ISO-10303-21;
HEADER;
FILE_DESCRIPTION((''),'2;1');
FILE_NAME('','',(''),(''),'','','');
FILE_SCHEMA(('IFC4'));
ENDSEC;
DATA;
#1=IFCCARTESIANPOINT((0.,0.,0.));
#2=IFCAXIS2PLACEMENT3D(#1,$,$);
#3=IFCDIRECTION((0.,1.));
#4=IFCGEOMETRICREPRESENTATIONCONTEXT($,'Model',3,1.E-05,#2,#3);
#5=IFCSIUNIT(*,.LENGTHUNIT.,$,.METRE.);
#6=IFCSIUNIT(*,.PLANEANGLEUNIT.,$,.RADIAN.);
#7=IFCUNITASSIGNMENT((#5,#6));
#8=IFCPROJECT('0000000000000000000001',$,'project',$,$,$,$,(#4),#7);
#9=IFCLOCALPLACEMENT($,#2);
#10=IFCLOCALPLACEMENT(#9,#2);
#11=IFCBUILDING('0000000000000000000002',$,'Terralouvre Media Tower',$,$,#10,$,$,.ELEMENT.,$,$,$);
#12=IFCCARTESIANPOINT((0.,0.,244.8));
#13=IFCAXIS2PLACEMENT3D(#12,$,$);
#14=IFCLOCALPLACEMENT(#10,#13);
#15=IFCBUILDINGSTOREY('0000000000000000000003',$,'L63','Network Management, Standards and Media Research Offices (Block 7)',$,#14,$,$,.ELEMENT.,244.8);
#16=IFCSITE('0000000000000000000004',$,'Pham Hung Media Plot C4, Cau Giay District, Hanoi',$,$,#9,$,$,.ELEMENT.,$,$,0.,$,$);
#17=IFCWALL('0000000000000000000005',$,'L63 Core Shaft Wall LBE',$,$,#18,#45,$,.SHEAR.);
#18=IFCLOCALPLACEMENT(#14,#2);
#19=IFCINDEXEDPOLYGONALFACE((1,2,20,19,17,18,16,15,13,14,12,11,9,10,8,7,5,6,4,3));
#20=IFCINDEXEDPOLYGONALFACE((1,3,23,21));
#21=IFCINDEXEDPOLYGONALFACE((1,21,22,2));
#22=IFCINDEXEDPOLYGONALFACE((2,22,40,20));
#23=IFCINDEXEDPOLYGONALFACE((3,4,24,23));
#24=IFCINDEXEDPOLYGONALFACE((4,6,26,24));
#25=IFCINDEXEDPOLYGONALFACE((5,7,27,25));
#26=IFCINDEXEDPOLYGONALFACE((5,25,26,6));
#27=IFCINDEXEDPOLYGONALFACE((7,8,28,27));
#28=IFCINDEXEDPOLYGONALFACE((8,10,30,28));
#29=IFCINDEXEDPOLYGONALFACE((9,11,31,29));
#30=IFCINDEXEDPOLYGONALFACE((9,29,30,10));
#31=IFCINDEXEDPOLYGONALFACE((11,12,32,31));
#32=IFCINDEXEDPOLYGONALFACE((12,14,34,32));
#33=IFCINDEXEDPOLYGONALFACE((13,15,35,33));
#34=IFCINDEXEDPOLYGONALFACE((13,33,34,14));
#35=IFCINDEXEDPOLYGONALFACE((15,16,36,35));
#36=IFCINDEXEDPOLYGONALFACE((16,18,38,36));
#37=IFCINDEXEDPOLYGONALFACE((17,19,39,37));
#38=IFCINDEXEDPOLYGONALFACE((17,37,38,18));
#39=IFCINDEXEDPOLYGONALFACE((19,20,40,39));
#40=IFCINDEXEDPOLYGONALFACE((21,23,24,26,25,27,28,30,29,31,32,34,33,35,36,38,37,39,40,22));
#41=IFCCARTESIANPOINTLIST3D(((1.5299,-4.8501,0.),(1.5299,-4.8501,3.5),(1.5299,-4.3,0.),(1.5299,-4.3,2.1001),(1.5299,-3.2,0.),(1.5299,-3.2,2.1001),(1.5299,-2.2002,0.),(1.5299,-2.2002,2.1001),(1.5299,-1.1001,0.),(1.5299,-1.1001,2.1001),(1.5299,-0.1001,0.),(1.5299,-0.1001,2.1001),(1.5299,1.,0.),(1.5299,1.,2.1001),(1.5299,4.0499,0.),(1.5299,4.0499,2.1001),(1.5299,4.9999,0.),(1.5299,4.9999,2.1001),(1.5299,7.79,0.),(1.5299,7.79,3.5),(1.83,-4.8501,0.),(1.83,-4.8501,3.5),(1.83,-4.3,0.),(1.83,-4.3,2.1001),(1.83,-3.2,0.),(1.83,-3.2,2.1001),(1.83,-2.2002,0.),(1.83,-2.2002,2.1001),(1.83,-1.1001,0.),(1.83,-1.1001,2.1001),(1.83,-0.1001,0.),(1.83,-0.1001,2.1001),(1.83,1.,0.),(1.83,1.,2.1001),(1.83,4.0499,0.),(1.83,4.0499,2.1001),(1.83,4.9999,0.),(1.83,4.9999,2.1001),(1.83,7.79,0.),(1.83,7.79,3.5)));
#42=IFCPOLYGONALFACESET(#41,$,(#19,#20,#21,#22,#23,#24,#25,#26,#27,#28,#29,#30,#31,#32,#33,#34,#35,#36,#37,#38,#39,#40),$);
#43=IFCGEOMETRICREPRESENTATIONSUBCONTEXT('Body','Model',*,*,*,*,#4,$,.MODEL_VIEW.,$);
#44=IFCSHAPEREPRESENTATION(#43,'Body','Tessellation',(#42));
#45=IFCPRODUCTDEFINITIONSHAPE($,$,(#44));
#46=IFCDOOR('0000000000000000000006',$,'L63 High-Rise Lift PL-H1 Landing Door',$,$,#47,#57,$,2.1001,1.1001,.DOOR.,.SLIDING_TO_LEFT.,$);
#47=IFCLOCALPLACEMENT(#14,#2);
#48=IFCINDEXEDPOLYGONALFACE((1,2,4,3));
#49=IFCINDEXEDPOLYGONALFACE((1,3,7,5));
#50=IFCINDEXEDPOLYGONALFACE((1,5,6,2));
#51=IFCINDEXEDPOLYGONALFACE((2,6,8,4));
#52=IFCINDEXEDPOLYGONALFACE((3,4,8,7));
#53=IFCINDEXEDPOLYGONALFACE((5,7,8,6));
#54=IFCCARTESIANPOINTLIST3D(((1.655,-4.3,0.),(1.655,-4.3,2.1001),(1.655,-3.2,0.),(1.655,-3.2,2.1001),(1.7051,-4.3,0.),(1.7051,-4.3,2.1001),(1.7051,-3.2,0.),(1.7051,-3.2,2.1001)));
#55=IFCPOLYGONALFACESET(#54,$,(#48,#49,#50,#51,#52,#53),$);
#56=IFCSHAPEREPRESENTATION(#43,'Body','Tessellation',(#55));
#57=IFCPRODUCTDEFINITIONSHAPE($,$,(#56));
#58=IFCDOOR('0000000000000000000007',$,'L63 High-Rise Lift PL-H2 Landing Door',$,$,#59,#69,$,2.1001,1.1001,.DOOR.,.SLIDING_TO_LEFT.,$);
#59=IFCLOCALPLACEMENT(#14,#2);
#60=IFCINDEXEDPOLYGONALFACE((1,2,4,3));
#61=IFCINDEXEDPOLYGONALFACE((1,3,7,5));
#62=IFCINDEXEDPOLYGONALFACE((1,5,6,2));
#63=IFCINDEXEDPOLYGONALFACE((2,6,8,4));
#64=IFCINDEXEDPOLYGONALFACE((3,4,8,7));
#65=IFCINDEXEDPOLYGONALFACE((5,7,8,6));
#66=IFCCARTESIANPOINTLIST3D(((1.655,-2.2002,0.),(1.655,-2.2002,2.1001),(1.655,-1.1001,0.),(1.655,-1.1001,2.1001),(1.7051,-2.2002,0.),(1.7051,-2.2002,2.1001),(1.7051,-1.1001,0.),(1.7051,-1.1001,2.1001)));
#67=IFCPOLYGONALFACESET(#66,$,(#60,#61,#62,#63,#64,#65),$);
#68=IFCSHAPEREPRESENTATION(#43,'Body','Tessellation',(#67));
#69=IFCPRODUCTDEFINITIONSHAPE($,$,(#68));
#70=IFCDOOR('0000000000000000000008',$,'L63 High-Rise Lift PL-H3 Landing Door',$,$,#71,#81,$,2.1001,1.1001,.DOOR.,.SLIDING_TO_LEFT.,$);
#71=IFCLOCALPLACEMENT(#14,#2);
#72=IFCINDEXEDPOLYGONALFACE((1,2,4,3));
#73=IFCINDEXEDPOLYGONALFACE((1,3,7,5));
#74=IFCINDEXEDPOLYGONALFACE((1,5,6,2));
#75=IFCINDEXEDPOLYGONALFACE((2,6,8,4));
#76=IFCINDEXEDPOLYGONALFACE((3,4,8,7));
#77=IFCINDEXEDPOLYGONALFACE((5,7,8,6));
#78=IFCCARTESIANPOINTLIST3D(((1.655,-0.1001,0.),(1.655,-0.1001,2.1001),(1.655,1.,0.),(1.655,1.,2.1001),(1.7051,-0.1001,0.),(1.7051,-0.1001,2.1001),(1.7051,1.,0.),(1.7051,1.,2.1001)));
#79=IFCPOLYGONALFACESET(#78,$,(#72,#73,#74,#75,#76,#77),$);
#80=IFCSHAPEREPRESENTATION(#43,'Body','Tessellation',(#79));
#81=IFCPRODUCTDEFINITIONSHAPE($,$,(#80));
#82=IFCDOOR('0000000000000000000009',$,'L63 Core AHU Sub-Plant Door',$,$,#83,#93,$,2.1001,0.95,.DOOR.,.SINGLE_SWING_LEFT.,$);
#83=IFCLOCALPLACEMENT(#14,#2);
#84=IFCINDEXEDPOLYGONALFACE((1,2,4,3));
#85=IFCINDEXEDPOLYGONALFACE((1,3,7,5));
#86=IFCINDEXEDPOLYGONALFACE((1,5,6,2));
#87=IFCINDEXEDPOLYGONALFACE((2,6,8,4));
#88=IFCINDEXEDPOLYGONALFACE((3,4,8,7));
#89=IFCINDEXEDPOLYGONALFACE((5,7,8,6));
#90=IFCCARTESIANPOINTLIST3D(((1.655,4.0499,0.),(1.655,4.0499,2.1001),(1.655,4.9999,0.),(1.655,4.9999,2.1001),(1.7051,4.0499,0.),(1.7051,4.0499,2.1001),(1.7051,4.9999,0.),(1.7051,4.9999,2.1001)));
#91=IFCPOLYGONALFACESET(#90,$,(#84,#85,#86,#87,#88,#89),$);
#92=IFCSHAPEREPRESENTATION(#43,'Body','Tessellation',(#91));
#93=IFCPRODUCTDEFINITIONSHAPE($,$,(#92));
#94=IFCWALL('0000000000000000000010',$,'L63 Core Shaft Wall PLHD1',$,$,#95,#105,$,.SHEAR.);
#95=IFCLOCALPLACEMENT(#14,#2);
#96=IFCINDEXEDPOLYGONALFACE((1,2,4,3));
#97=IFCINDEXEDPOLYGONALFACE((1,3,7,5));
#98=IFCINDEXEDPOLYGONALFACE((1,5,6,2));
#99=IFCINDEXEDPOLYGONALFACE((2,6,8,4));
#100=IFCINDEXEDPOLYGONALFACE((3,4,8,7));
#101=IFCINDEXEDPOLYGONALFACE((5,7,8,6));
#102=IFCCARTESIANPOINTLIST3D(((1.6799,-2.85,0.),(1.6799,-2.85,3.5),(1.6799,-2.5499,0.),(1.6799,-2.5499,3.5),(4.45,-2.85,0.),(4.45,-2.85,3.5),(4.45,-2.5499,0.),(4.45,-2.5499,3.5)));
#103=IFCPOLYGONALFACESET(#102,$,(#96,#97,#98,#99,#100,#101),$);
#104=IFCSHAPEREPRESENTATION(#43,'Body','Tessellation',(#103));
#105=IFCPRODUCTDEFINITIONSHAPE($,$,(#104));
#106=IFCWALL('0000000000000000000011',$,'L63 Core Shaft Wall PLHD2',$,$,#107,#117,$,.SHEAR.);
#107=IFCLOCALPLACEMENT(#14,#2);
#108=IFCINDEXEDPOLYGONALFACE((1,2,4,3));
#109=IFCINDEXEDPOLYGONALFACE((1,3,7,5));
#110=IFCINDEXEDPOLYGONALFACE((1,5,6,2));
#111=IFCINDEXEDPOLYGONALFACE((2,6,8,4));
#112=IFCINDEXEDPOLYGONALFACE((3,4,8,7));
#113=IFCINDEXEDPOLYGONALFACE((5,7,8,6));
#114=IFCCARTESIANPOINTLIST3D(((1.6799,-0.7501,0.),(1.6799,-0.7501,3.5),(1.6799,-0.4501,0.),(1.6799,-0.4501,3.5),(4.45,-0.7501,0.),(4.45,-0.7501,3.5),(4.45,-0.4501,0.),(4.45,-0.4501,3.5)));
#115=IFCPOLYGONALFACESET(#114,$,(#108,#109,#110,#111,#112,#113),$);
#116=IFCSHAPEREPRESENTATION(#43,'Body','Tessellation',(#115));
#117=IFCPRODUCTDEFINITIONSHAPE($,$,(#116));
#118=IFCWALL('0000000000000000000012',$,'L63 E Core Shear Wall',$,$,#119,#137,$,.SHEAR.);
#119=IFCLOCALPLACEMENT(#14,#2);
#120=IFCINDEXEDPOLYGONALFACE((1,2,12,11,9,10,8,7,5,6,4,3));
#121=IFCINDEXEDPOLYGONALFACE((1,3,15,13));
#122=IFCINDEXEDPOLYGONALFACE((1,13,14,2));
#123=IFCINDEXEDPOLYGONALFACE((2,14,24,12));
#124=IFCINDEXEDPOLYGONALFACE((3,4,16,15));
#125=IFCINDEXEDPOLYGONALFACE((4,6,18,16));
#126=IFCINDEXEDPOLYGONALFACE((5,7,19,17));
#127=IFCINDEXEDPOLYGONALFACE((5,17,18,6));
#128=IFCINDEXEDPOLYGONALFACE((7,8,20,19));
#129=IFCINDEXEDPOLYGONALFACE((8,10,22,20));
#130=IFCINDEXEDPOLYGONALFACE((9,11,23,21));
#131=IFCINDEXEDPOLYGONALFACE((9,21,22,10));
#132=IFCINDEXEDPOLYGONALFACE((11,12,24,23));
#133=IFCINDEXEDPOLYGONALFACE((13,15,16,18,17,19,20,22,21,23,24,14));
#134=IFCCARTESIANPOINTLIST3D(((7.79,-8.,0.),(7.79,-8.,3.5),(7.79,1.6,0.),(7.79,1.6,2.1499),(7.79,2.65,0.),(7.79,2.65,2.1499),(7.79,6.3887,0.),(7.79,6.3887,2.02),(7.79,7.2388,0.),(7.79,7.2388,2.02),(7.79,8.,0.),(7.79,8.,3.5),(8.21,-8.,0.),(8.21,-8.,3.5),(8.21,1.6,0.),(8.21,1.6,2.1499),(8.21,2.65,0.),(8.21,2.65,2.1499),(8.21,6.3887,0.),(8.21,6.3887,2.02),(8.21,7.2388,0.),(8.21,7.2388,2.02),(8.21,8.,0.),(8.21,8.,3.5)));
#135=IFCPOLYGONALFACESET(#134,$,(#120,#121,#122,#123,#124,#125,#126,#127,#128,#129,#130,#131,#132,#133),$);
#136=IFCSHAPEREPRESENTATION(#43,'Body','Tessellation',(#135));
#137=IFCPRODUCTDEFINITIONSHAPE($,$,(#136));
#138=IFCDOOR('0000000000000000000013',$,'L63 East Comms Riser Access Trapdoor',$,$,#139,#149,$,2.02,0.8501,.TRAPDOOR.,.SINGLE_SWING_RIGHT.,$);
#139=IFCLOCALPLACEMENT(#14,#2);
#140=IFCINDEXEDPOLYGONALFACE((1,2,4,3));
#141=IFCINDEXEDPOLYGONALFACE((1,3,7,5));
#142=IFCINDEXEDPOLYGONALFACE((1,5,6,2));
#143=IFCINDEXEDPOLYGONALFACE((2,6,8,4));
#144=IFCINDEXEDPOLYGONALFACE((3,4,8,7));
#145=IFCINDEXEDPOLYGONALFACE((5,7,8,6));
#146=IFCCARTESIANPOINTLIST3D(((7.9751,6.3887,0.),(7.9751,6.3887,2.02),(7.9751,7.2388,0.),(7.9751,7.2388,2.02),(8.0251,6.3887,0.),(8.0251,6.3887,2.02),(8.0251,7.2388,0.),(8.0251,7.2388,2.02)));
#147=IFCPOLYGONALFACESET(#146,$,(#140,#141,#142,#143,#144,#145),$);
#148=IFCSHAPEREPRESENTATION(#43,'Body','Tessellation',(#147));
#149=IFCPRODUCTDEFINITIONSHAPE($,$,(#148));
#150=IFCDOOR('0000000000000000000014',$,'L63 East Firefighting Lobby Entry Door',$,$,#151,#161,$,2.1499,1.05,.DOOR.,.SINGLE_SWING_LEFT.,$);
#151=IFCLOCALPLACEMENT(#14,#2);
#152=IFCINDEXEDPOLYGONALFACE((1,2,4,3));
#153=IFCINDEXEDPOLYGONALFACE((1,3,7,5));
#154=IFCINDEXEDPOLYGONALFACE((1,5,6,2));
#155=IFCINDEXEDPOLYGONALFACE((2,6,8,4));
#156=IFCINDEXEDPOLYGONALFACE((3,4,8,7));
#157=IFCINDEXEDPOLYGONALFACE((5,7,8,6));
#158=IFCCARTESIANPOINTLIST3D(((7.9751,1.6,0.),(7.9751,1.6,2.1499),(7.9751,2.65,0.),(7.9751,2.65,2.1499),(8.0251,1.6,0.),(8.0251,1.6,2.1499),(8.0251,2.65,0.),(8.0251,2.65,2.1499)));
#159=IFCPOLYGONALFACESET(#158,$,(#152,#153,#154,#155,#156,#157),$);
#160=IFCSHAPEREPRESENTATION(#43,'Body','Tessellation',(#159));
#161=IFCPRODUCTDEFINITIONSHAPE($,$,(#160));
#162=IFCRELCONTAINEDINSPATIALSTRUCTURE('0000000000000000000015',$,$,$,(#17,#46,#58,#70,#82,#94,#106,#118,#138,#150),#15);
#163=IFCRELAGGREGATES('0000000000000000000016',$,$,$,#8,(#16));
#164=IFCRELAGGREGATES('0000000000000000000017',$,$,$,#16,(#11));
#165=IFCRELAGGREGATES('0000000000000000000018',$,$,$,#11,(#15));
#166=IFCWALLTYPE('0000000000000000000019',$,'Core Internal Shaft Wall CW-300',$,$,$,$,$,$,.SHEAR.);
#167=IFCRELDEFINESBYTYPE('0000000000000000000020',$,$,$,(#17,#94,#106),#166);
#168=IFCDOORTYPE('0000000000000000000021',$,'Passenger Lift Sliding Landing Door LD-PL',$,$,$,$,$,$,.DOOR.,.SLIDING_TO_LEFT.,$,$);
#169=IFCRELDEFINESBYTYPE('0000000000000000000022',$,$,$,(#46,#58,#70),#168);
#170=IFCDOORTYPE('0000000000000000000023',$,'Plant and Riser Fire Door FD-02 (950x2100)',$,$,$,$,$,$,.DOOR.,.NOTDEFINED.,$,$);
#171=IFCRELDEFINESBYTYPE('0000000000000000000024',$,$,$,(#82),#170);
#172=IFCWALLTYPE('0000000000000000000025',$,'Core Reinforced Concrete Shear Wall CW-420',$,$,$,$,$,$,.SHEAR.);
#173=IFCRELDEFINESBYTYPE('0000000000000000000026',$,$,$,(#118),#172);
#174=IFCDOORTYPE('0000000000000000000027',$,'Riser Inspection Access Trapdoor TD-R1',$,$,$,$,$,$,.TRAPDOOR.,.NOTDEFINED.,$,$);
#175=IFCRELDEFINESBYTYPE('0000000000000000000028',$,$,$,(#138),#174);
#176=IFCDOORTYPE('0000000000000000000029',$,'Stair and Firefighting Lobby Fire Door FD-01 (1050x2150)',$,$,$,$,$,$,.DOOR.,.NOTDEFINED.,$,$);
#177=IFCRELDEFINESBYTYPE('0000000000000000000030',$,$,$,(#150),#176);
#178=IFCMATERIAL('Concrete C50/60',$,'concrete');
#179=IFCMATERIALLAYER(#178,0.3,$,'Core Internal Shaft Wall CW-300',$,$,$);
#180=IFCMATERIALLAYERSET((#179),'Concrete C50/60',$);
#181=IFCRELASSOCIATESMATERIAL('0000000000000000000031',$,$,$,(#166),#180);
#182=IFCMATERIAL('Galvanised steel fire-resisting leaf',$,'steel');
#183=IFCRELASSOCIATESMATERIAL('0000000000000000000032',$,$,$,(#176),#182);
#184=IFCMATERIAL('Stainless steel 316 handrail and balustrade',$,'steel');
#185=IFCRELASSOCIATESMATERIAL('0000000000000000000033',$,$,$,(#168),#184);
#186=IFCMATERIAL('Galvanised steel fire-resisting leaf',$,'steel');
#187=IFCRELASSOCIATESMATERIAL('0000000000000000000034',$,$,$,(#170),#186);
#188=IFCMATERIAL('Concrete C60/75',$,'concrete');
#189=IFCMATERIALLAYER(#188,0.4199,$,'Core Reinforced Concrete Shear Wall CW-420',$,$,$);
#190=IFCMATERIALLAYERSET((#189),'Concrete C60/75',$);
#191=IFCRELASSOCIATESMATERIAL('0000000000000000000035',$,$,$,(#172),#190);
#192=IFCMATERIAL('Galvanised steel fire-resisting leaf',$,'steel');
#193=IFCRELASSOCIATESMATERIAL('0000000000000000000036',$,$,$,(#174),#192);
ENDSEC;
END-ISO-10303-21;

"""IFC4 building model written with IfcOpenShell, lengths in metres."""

from ifc_helpers import new_model, si_unit, direction, frame, frame_2d, origin, place, context, subcontext, project, spatial, rectangle, extrude, material, layer, layer_set, type_object, element, fill, save


model = new_model("IFC4")

# Units and contexts
model_context = context("Model", 3, precision=1e-05, world=origin(), true_north=direction((0.0, 1.0)))
body_context = subcontext(model_context, "Body", "Model", "MODEL_VIEW")
ifc_project = project(units=[si_unit("LENGTHUNIT", "METRE"), si_unit("PLANEANGLEUNIT", "RADIAN")], contexts=[model_context])

# Site, building, storey
site_placement = place(None, origin())
site = spatial("IfcSite", under=ifc_project, at=site_placement, Name="Pham Hung Media Plot C4, Cau Giay District, Hanoi", CompositionType="ELEMENT", RefElevation=0.0)
building_placement = place(site_placement, origin())
building = spatial("IfcBuilding", under=site, at=building_placement, Name="Terralouvre Media Tower", CompositionType="ELEMENT")
storey_placement = place(building_placement, frame((0.0, 0.0, 244.8)))
storey = spatial("IfcBuildingStorey", under=building, at=storey_placement, Name="L63", Description="Network Management, Standards and Media Research Offices (Block 7)", CompositionType="ELEMENT", Elevation=244.8)

# Shared definitions
ifc_material_1 = material(Name="Concrete C50/60", Category="concrete")
ifc_layer_1 = layer(ifc_material_1, 0.3, Name="Core Internal Shaft Wall CW-300")
ifc_layer_set_1 = layer_set([ifc_layer_1], Name="Concrete C50/60")
wall_type_1 = type_object("IfcWallType", Name="Core Internal Shaft Wall CW-300", PredefinedType="SHEAR", material=ifc_layer_set_1)

# Shared definitions
ifc_material_2 = material(Name="Galvanised steel fire-resisting leaf", Category="steel")
door_type_1 = type_object("IfcDoorType", Name="Stair and Firefighting Lobby Fire Door FD-01 (1050x2150)", OperationType="NOTDEFINED", PredefinedType="DOOR", material=ifc_material_2)

# Wall, openings, doors
wall_1_placement = place(storey_placement, frame((1.6799, -4.8501, 0.0), z_axis=(0.0, 0.0, 1.0), x_axis=(0.0, 1.0, 0.0)))
wall_1 = element("IfcWall", 1, at=wall_1_placement, inside=storey, type_object=wall_type_1, Name="L63 Core Shaft Wall LBE", PredefinedType="SHEAR", context=body_context, shape_type="SweptSolid", body=[
    extrude(rectangle(XDim=12.6401, YDim=0.3, at=frame_2d((6.3201, 0.0))), origin(), (0.0, 0.0, 1.0), 3.5),
])
opening_1_placement = place(wall_1_placement, frame((0.55, 0.0, 0.0)))
opening_1 = element("IfcOpeningElement", 2, at=opening_1_placement, cuts=wall_1, PredefinedType="OPENING", context=body_context, shape_type="SweptSolid", body=[
    extrude(rectangle(XDim=1.1001, YDim=2.1001, at=frame_2d((0.55, 1.05))), frame((0.0, 0.1599, 0.0), z_axis=(0.0, -1.0, 0.0), x_axis=(1.0, 0.0, 0.0)), (0.0, 0.0, 1.0), 0.3201),
])
opening_2_placement = place(wall_1_placement, frame((2.6499, 0.0, 0.0)))
opening_2 = element("IfcOpeningElement", 3, at=opening_2_placement, cuts=wall_1, PredefinedType="OPENING", context=body_context, shape_type="SweptSolid", body=[
    extrude(rectangle(XDim=1.1001, YDim=2.1001, at=frame_2d((0.55, 1.05))), frame((0.0, 0.1599, 0.0), z_axis=(0.0, -1.0, 0.0), x_axis=(1.0, 0.0, 0.0)), (0.0, 0.0, 1.0), 0.3201),
])
opening_3_placement = place(wall_1_placement, frame((4.75, 0.0, 0.0)))
opening_3 = element("IfcOpeningElement", 4, at=opening_3_placement, cuts=wall_1, PredefinedType="OPENING", context=body_context, shape_type="SweptSolid", body=[
    extrude(rectangle(XDim=1.1001, YDim=2.1001, at=frame_2d((0.55, 1.05))), frame((0.0, 0.1599, 0.0), z_axis=(0.0, -1.0, 0.0), x_axis=(1.0, 0.0, 0.0)), (0.0, 0.0, 1.0), 0.3201),
])
opening_4_placement = place(wall_1_placement, frame((8.8999, 0.0, 0.0)))
opening_4 = element("IfcOpeningElement", 5, at=opening_4_placement, cuts=wall_1, PredefinedType="OPENING", context=body_context, shape_type="SweptSolid", body=[
    extrude(rectangle(XDim=0.95, YDim=2.1001, at=frame_2d((0.4751, 1.05))), frame((0.0, 0.1599, 0.0), z_axis=(0.0, -1.0, 0.0), x_axis=(1.0, 0.0, 0.0)), (0.0, 0.0, 1.0), 0.3201),
])
ifc_material_3 = material(Name="Stainless steel 316 handrail and balustrade", Category="steel")
door_type_2 = type_object("IfcDoorType", Name="Passenger Lift Sliding Landing Door LD-PL", OperationType="SLIDING_TO_LEFT", PredefinedType="DOOR", material=ifc_material_3)
door_1_placement = place(opening_1_placement, origin())
door_1 = element("IfcDoor", 6, at=door_1_placement, inside=storey, type_object=door_type_2, Name="L63 High-Rise Lift PL-H1 Landing Door", OperationType="SLIDING_TO_LEFT", OverallHeight=2.1001, OverallWidth=1.1001, PredefinedType="DOOR", context=body_context, shape_type="SweptSolid", body=[
    extrude(rectangle(XDim=1.1001, YDim=2.1001, at=frame_2d((0.55, 1.05))), frame((0.0, 0.0249, 0.0), z_axis=(0.0, -1.0, 0.0), x_axis=(1.0, 0.0, 0.0)), (0.0, 0.0, 1.0), 0.05),
])
fill(opening_1, door_1)
door_2_placement = place(opening_2_placement, origin())
door_2 = element("IfcDoor", 7, at=door_2_placement, inside=storey, type_object=door_type_2, Name="L63 High-Rise Lift PL-H2 Landing Door", OperationType="SLIDING_TO_LEFT", OverallHeight=2.1001, OverallWidth=1.1001, PredefinedType="DOOR", context=body_context, shape_type="SweptSolid", body=[
    extrude(rectangle(XDim=1.1001, YDim=2.1001, at=frame_2d((0.55, 1.05))), frame((0.0, 0.0249, 0.0), z_axis=(0.0, -1.0, 0.0), x_axis=(1.0, 0.0, 0.0)), (0.0, 0.0, 1.0), 0.05),
])
fill(opening_2, door_2)
door_3_placement = place(opening_3_placement, origin())
door_3 = element("IfcDoor", 8, at=door_3_placement, inside=storey, type_object=door_type_2, Name="L63 High-Rise Lift PL-H3 Landing Door", OperationType="SLIDING_TO_LEFT", OverallHeight=2.1001, OverallWidth=1.1001, PredefinedType="DOOR", context=body_context, shape_type="SweptSolid", body=[
    extrude(rectangle(XDim=1.1001, YDim=2.1001, at=frame_2d((0.55, 1.05))), frame((0.0, 0.0249, 0.0), z_axis=(0.0, -1.0, 0.0), x_axis=(1.0, 0.0, 0.0)), (0.0, 0.0, 1.0), 0.05),
])
fill(opening_3, door_3)
ifc_material_4 = material(Name="Galvanised steel fire-resisting leaf", Category="steel")
door_type_3 = type_object("IfcDoorType", Name="Plant and Riser Fire Door FD-02 (950x2100)", OperationType="NOTDEFINED", PredefinedType="DOOR", material=ifc_material_4)
door_4_placement = place(opening_4_placement, origin())
door_4 = element("IfcDoor", 9, at=door_4_placement, inside=storey, type_object=door_type_3, Name="L63 Core AHU Sub-Plant Door", OperationType="SINGLE_SWING_LEFT", OverallHeight=2.1001, OverallWidth=0.95, PredefinedType="DOOR", context=body_context, shape_type="SweptSolid", body=[
    extrude(rectangle(XDim=0.95, YDim=2.1001, at=frame_2d((0.4751, 1.05))), frame((0.0, 0.0249, 0.0), z_axis=(0.0, -1.0, 0.0), x_axis=(1.0, 0.0, 0.0)), (0.0, 0.0, 1.0), 0.05),
])
fill(opening_4, door_4)

# Walls
for number, where, z_axis, x_axis, name in (
    (10, (1.6799, -2.7, 0.0), (0.0, 0.0, 1.0), (1.0, 0.0, 0.0), "L63 Core Shaft Wall PLHD1"),
    (11, (1.6799, -0.6001, 0.0), (0.0, 0.0, 1.0), (1.0, 0.0, 0.0), "L63 Core Shaft Wall PLHD2"),
):
    element("IfcWall", number, at=place(storey_placement, frame(where, z_axis=z_axis, x_axis=x_axis)), inside=storey, type_object=wall_type_1, Name=name, PredefinedType="SHEAR", context=body_context, shape_type="SweptSolid", body=[
        extrude(rectangle(XDim=2.77, YDim=0.3, at=frame_2d((1.385, 0.0))), origin(), (0.0, 0.0, 1.0), 3.5),
    ])

# Wall, openings, doors
ifc_material_5 = material(Name="Concrete C60/75", Category="concrete")
ifc_layer_2 = layer(ifc_material_5, 0.4199, Name="Core Reinforced Concrete Shear Wall CW-420")
ifc_layer_set_2 = layer_set([ifc_layer_2], Name="Concrete C60/75")
wall_type_2 = type_object("IfcWallType", Name="Core Reinforced Concrete Shear Wall CW-420", PredefinedType="SHEAR", material=ifc_layer_set_2)
wall_2_placement = place(storey_placement, frame((8.0, -8.0, 0.0), z_axis=(0.0, 0.0, 1.0), x_axis=(0.0, 1.0, 0.0)))
wall_2 = element("IfcWall", 12, at=wall_2_placement, inside=storey, type_object=wall_type_2, Name="L63 E Core Shear Wall", PredefinedType="SHEAR", context=body_context, shape_type="SweptSolid", body=[
    extrude(rectangle(XDim=16.0, YDim=0.4199, at=frame_2d((8.0, 0.0))), origin(), (0.0, 0.0, 1.0), 3.5),
])
opening_5_placement = place(wall_2_placement, frame((9.6001, 0.0, 0.0)))
opening_5 = element("IfcOpeningElement", 13, at=opening_5_placement, cuts=wall_2, PredefinedType="OPENING", context=body_context, shape_type="SweptSolid", body=[
    extrude(rectangle(XDim=1.05, YDim=2.1499, at=frame_2d((0.5249, 1.075))), frame((0.0, 0.22, 0.0), z_axis=(0.0, -1.0, 0.0), x_axis=(1.0, 0.0, 0.0)), (0.0, 0.0, 1.0), 0.4399),
])
opening_6_placement = place(wall_2_placement, frame((14.3887, 0.0, 0.0)))
opening_6 = element("IfcOpeningElement", 14, at=opening_6_placement, cuts=wall_2, PredefinedType="OPENING", context=body_context, shape_type="SweptSolid", body=[
    extrude(rectangle(XDim=0.8501, YDim=2.02, at=frame_2d((0.425, 1.01))), frame((0.0, 0.22, 0.0), z_axis=(0.0, -1.0, 0.0), x_axis=(1.0, 0.0, 0.0)), (0.0, 0.0, 1.0), 0.4399),
])
ifc_material_6 = material(Name="Galvanised steel fire-resisting leaf", Category="steel")
door_type_4 = type_object("IfcDoorType", Name="Riser Inspection Access Trapdoor TD-R1", OperationType="NOTDEFINED", PredefinedType="TRAPDOOR", material=ifc_material_6)
door_5_placement = place(opening_6_placement, origin())
door_5 = element("IfcDoor", 15, at=door_5_placement, inside=storey, type_object=door_type_4, Name="L63 East Comms Riser Access Trapdoor", OperationType="SINGLE_SWING_RIGHT", OverallHeight=2.02, OverallWidth=0.8501, PredefinedType="TRAPDOOR", context=body_context, shape_type="SweptSolid", body=[
    extrude(rectangle(XDim=0.8501, YDim=2.02, at=frame_2d((0.425, 1.01))), frame((0.0, 0.0249, 0.0), z_axis=(0.0, -1.0, 0.0), x_axis=(1.0, 0.0, 0.0)), (0.0, 0.0, 1.0), 0.05),
])
fill(opening_6, door_5)
door_6_placement = place(opening_5_placement, origin())
door_6 = element("IfcDoor", 16, at=door_6_placement, inside=storey, type_object=door_type_1, Name="L63 East Firefighting Lobby Entry Door", OperationType="SINGLE_SWING_LEFT", OverallHeight=2.1499, OverallWidth=1.05, PredefinedType="DOOR", context=body_context, shape_type="SweptSolid", body=[
    extrude(rectangle(XDim=1.05, YDim=2.1499, at=frame_2d((0.5249, 1.075))), frame((0.0, 0.0249, 0.0), z_axis=(0.0, -1.0, 0.0), x_axis=(1.0, 0.0, 0.0)), (0.0, 0.0, 1.0), 0.05),
])
fill(opening_5, door_6)

save(model, "model.ifc")
